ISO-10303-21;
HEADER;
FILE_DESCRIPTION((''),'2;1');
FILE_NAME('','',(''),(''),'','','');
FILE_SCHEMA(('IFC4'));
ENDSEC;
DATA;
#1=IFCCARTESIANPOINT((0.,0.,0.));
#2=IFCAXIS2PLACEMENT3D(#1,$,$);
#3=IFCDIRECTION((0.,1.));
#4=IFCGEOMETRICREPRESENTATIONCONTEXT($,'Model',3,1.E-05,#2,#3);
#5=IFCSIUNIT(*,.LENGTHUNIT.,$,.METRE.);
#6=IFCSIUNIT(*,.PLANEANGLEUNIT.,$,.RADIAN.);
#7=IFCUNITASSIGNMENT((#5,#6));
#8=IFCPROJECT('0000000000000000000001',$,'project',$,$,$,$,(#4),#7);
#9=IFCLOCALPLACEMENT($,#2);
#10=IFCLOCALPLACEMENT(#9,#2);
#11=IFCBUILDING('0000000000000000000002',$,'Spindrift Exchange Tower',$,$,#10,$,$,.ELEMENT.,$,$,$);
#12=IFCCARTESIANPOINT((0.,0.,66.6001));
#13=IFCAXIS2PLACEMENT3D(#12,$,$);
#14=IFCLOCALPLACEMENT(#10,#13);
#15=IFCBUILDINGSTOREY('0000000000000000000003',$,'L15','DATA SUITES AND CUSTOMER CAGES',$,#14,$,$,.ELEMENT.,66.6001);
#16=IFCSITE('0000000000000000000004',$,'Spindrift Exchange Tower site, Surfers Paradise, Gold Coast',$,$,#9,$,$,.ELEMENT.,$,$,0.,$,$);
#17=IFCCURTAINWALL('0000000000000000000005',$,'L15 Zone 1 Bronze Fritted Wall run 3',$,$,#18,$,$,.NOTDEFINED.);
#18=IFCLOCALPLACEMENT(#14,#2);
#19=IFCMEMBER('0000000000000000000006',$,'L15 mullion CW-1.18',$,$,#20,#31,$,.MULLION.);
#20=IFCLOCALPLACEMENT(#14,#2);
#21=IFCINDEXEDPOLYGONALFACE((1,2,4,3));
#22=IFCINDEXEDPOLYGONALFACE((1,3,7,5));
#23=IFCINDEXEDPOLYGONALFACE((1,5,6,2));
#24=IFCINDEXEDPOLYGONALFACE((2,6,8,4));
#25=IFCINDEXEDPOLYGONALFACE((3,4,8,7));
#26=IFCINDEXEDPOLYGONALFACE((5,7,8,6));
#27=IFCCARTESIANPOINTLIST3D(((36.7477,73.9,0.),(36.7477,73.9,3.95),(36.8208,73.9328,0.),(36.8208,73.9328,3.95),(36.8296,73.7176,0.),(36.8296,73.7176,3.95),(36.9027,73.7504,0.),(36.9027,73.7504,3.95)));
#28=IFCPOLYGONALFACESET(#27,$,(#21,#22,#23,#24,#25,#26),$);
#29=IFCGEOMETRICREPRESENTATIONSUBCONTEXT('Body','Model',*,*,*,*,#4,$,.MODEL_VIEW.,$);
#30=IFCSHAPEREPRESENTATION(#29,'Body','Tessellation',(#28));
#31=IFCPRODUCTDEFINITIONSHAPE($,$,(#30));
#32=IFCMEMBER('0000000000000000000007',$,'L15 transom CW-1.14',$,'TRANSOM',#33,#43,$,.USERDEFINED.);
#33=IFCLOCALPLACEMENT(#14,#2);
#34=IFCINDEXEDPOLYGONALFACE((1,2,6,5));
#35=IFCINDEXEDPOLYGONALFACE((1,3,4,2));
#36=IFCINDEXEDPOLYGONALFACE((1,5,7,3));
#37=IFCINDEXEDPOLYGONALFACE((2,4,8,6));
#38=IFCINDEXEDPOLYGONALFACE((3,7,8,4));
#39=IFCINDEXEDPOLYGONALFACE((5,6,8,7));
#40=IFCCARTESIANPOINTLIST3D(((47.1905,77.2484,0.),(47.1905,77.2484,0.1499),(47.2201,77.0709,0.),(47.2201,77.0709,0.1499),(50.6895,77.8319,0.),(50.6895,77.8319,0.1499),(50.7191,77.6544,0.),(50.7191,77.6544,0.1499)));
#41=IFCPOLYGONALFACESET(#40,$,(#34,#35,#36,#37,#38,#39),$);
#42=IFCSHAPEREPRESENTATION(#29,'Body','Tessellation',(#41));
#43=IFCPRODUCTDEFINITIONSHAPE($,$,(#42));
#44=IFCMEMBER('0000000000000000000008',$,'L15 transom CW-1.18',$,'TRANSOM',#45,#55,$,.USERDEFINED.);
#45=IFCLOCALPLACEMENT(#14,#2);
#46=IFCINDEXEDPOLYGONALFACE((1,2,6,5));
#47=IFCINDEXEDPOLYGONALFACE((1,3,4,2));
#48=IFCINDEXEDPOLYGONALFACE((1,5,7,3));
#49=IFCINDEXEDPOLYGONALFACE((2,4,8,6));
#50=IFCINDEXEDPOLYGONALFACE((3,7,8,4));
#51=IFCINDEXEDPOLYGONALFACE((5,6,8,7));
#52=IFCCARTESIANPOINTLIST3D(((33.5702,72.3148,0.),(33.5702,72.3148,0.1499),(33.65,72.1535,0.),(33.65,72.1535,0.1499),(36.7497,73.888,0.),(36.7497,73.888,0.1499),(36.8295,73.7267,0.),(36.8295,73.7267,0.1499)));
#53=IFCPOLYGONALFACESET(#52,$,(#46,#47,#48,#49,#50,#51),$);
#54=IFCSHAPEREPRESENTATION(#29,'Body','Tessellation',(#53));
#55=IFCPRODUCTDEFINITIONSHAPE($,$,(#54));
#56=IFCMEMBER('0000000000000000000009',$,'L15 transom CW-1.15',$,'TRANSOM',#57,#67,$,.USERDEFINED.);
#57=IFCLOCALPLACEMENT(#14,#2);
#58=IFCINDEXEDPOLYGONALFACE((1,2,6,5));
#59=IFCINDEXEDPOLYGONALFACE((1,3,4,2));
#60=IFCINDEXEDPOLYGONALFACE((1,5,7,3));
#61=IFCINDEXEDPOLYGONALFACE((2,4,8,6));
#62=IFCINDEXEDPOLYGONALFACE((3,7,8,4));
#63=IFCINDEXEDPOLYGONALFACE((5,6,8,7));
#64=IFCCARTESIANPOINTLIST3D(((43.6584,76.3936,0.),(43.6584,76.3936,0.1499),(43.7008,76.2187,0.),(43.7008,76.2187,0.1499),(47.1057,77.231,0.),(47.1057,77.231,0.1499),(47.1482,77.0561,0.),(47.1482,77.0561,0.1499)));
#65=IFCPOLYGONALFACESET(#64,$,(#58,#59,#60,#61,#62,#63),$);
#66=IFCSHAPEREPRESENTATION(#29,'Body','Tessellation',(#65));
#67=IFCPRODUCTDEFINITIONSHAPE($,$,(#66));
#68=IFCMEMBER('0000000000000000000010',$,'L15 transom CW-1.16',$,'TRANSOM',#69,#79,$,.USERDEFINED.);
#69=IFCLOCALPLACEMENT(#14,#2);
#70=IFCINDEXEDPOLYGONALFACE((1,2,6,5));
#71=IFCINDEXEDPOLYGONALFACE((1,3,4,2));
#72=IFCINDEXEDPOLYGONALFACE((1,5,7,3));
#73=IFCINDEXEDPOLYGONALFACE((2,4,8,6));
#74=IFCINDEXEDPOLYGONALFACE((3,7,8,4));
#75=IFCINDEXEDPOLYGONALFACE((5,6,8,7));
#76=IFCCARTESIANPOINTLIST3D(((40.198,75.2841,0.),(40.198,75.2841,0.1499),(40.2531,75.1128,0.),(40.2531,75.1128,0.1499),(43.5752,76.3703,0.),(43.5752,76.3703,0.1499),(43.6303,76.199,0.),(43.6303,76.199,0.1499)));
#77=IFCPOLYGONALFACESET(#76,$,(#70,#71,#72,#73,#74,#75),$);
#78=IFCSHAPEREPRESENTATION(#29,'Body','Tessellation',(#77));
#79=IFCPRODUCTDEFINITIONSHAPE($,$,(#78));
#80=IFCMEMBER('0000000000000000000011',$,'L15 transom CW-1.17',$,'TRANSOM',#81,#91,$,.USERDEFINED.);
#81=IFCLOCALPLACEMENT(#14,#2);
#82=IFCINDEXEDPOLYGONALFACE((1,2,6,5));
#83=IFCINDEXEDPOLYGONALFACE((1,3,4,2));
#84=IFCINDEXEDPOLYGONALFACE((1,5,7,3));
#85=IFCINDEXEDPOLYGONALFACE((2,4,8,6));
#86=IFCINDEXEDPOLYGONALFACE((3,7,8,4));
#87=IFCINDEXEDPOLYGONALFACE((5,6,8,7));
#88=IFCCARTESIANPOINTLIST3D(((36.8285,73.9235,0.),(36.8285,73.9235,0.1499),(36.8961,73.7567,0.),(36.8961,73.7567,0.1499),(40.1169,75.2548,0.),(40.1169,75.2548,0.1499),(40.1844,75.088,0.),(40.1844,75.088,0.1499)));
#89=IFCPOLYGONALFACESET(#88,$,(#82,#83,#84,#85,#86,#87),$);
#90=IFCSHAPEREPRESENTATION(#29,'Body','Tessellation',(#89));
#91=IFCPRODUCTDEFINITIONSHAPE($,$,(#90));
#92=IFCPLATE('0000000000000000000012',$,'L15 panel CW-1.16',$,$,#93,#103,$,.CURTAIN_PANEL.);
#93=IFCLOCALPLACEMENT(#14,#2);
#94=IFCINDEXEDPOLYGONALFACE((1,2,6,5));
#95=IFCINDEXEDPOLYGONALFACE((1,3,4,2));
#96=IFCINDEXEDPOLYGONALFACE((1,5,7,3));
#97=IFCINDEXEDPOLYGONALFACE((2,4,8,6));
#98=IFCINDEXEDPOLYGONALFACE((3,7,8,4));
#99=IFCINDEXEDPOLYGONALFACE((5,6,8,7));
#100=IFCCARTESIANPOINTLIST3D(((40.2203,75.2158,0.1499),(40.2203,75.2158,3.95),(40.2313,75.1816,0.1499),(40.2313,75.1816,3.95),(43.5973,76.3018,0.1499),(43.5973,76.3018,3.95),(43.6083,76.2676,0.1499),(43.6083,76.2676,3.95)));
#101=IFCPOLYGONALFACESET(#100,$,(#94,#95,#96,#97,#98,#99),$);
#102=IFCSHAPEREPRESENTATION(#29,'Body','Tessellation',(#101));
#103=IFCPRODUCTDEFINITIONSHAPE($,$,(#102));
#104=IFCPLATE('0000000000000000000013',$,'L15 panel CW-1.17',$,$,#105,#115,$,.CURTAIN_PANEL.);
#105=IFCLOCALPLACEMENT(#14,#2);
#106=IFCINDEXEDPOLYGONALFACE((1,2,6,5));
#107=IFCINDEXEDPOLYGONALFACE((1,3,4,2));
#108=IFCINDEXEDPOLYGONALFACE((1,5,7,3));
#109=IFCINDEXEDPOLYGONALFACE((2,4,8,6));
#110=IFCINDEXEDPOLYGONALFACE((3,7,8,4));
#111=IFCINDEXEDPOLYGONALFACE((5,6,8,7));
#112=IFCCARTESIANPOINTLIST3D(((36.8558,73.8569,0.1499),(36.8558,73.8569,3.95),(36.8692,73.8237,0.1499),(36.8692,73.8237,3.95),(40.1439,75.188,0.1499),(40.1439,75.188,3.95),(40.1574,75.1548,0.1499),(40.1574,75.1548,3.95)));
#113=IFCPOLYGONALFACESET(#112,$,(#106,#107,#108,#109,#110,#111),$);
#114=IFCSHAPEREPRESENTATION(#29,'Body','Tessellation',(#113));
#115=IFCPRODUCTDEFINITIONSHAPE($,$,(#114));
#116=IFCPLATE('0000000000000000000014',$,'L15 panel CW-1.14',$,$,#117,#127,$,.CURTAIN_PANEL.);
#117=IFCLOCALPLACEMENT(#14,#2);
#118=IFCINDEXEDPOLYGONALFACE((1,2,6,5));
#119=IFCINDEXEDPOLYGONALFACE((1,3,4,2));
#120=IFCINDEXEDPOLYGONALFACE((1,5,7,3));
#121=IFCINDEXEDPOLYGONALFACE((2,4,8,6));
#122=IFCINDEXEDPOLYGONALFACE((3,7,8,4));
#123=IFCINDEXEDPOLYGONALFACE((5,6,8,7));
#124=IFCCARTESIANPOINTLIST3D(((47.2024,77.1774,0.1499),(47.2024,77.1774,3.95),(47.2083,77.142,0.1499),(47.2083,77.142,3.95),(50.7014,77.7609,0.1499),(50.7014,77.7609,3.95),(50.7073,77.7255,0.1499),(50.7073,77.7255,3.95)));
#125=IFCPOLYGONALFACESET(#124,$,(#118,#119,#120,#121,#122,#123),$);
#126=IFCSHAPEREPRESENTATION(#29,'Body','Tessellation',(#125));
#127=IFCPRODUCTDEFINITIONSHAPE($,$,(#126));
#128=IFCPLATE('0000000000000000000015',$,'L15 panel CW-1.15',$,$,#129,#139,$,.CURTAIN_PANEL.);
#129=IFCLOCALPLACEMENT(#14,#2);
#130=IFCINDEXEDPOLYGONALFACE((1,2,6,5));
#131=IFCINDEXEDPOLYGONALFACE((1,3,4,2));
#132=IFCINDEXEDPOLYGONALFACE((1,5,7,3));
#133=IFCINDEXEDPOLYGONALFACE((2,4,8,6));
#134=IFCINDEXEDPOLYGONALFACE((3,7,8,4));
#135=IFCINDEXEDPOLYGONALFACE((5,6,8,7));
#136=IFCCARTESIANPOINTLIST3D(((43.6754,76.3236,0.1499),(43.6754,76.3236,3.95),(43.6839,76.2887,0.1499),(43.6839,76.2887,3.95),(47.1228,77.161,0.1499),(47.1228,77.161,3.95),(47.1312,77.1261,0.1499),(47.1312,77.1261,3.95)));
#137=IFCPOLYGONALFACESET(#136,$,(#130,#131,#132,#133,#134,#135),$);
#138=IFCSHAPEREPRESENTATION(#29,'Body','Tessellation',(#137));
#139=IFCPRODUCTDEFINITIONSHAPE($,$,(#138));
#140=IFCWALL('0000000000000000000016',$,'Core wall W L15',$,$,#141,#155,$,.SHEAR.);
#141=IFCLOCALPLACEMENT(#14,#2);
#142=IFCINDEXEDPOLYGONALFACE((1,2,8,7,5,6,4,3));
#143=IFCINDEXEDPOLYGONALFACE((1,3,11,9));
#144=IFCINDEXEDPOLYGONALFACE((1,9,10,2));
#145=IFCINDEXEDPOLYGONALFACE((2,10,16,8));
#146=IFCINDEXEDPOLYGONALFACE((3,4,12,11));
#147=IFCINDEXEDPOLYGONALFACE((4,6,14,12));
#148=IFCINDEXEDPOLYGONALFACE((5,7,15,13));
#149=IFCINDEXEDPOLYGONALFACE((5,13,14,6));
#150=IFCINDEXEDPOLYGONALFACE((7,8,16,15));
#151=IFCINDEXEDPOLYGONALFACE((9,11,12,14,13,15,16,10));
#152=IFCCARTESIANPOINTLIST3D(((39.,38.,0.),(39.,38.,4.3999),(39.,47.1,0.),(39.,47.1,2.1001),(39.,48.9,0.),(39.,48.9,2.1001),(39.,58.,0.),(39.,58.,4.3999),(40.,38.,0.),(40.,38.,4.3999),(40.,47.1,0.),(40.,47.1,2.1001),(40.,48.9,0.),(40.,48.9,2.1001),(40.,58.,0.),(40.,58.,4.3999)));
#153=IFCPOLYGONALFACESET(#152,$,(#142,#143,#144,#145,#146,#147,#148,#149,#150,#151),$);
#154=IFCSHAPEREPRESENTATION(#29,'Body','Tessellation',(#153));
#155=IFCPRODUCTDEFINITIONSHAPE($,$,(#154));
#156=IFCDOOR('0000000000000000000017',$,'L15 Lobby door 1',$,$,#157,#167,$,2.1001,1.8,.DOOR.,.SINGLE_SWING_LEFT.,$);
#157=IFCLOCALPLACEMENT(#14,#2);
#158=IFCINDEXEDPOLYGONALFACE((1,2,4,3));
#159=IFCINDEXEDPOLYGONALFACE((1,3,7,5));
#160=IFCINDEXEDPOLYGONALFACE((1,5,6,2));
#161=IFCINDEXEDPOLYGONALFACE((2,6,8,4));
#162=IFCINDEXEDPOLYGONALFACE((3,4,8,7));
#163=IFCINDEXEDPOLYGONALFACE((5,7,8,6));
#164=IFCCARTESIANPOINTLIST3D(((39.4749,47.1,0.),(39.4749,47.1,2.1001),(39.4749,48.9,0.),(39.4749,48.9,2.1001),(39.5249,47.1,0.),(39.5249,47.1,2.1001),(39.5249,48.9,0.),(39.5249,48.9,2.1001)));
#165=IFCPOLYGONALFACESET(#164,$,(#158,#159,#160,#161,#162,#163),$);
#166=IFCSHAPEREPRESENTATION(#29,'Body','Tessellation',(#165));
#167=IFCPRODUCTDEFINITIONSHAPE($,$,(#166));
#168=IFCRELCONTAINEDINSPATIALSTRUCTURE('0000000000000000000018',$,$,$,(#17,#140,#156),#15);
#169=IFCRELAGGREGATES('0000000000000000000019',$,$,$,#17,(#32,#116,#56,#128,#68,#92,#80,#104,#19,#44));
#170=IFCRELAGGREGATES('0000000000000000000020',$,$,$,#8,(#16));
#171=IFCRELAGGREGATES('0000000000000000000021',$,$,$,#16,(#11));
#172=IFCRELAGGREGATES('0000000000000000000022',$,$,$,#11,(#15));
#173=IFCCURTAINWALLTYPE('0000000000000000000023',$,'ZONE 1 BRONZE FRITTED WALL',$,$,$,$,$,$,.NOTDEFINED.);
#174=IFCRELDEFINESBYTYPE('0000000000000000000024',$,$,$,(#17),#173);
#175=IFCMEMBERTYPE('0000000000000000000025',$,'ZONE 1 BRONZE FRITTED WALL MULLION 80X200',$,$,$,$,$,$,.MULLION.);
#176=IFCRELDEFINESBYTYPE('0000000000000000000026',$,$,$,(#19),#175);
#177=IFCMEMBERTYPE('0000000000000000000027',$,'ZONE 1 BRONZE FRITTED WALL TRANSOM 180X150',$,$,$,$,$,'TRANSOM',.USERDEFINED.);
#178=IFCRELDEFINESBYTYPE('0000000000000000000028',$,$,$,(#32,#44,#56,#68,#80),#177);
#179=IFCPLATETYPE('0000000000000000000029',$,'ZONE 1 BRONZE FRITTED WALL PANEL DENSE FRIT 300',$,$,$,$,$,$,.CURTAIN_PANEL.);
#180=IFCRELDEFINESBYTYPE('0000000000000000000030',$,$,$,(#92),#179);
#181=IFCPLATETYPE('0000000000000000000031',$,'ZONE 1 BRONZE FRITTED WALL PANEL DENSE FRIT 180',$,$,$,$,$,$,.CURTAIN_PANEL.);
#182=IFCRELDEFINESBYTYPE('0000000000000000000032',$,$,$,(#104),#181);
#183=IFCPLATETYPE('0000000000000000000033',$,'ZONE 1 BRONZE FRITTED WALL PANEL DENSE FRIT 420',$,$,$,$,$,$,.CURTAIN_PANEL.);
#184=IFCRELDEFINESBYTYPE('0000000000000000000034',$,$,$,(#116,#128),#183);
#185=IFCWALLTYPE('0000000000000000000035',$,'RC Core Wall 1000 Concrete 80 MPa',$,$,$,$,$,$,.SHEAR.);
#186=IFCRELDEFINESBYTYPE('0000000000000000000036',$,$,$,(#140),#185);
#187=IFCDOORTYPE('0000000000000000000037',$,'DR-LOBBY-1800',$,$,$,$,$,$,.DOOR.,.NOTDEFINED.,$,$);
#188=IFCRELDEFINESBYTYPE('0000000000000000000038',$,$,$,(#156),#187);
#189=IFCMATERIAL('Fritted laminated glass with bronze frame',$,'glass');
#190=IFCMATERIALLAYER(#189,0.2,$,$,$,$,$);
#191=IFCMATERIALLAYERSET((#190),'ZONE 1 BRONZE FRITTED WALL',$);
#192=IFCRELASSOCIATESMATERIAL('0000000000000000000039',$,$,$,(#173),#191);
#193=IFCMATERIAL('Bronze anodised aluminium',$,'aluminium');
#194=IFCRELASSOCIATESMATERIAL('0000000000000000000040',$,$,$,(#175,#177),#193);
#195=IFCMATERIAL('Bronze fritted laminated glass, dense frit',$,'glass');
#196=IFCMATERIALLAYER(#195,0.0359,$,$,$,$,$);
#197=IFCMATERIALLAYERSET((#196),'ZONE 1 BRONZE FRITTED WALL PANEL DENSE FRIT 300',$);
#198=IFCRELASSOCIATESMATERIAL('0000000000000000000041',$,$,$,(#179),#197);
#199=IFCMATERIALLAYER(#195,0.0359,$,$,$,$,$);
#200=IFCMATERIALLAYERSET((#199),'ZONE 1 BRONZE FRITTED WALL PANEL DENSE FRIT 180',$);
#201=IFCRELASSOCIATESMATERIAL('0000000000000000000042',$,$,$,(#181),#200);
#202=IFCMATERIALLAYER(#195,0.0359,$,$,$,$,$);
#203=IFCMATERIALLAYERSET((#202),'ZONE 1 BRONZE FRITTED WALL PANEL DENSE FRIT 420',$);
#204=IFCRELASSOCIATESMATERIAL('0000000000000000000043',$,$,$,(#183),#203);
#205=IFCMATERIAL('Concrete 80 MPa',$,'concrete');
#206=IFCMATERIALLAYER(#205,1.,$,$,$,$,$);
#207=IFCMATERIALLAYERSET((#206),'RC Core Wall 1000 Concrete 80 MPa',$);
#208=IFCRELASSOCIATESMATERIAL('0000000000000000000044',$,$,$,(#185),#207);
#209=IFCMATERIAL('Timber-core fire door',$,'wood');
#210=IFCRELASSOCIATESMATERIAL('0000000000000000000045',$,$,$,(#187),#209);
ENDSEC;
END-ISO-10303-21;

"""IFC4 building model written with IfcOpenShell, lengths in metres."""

from ifc_helpers import new_model, si_unit, direction, frame, frame_2d, origin, origin_2d, place, context, subcontext, project, spatial, rectangle, extrude, source, transform, mapped, material, layer, layer_set, material_profile, profile_set, type_object, element, fill, aggregate, save


model = new_model("IFC4")

# Units and contexts
model_context = context("Model", 3, precision=1e-05, world=origin(), true_north=direction((0.0, 1.0)))
body_context = subcontext(model_context, "Body", "Model", "MODEL_VIEW")
ifc_project = project(units=[si_unit("LENGTHUNIT", "METRE"), si_unit("PLANEANGLEUNIT", "RADIAN")], contexts=[model_context])

# Site, building, storey
site_placement = place(None, origin())
site = spatial("IfcSite", under=ifc_project, at=site_placement, Name="Spindrift Exchange Tower site, Surfers Paradise, Gold Coast", CompositionType="ELEMENT", RefElevation=0.0)
building_placement = place(site_placement, origin())
building = spatial("IfcBuilding", under=site, at=building_placement, Name="Spindrift Exchange Tower", CompositionType="ELEMENT")
storey_placement = place(building_placement, frame((0.0, 0.0, 66.6001)))
storey = spatial("IfcBuildingStorey", under=building, at=storey_placement, Name="L15", Description="DATA SUITES AND CUSTOMER CAGES", CompositionType="ELEMENT", Elevation=66.6001)

# Shared definitions
ifc_material_1 = material(Name="Concrete 80 MPa", Category="concrete")

# Curtain wall, members, plates
ifc_material_2 = material(Name="Fritted laminated glass with bronze frame", Category="glass")
ifc_layer_1 = layer(ifc_material_2, 0.2)
ifc_layer_set_1 = layer_set([ifc_layer_1], Name="ZONE 1 BRONZE FRITTED WALL")
curtain_wall_type = type_object("IfcCurtainWallType", Name="ZONE 1 BRONZE FRITTED WALL", PredefinedType="NOTDEFINED", material=ifc_layer_set_1)
curtain_wall_placement = place(storey_placement, origin())
curtain_wall = element("IfcCurtainWall", 1, at=curtain_wall_placement, inside=storey, type_object=curtain_wall_type, Name="L15 Zone 1 Bronze Fritted Wall run 3", PredefinedType="NOTDEFINED")
ifc_material_3 = material(Name="Bronze anodised aluminium", Category="aluminium")
ifc_material_profile_1 = material_profile(ifc_material_3, rectangle(XDim=0.0801, YDim=0.2, at=origin_2d()), Name="ZONE 1 BRONZE FRITTED WALL MULLION 80X200")
ifc_profile_set_1 = profile_set([ifc_material_profile_1], Name="Bronze anodised aluminium")
member_type_1 = type_object("IfcMemberType", Name="ZONE 1 BRONZE FRITTED WALL MULLION 80X200", PredefinedType="MULLION", material=ifc_profile_set_1)
shared_shape_1 = source(origin(), body_context, "Body", "SweptSolid", [
    extrude(rectangle(XDim=0.0801, YDim=0.2, at=origin_2d()), origin(), (0.0, 0.0, 1.0), 3.95),
])
member_1_placement = place(storey_placement, frame((36.8252, 73.8252, 0.0), z_axis=(0.0, 0.0, 1.0), x_axis=(-0.912238, -0.409661, 0.0)))
member_1 = element("IfcMember", 2, at=member_1_placement, type_object=member_type_1, Name="L15 mullion CW-1.18", PredefinedType="MULLION", context=body_context, shape_type="MappedRepresentation", body=[
    mapped(shared_shape_1, transform((0.0, 0.0, 0.0), scale=1.0)),
])
ifc_material_profile_2 = material_profile(ifc_material_3, rectangle(XDim=0.1799, YDim=0.1499, at=origin_2d()), Name="ZONE 1 BRONZE FRITTED WALL TRANSOM 180X150")
ifc_profile_set_2 = profile_set([ifc_material_profile_2], Name="Bronze anodised aluminium")
member_type_2 = type_object("IfcMemberType", Name="ZONE 1 BRONZE FRITTED WALL TRANSOM 180X150", ElementType="TRANSOM", PredefinedType="USERDEFINED", material=ifc_profile_set_2)
shared_shape_2 = source(origin(), body_context, "Body", "SweptSolid", [
    extrude(rectangle(XDim=0.1799, YDim=0.1499, at=origin_2d()), origin(), (0.0, 0.0, 1.0), 3.5474),
])
member_2_placement = place(storey_placement, frame((50.7043, 77.7432, 0.075), z_axis=(-0.986379, -0.164488, 0.0), x_axis=(0.164488, -0.986379, 0.0)))
member_2 = element("IfcMember", 3, at=member_2_placement, type_object=member_type_2, Name="L15 transom CW-1.14", ObjectType="TRANSOM", PredefinedType="USERDEFINED", context=body_context, shape_type="MappedRepresentation", body=[
    mapped(shared_shape_2, transform((0.0, 0.0, 0.0), scale=1.0)),
])
member_3_placement = place(storey_placement, frame((36.7896, 73.8074, 0.075), z_axis=(-0.896278, -0.443493, 0.0), x_axis=(0.443493, -0.896278, 0.0)))
member_3 = element("IfcMember", 4, at=member_3_placement, type_object=member_type_2, Name="L15 transom CW-1.18", ObjectType="TRANSOM", PredefinedType="USERDEFINED", context=body_context, shape_type="MappedRepresentation", body=[
    mapped(shared_shape_2, transform((0.0, 0.0, 0.0), scale=1.0)),
])
shared_shape_3 = source(origin(), body_context, "Body", "SweptSolid", [
    extrude(rectangle(XDim=0.1799, YDim=0.1499, at=origin_2d()), origin(), (0.0, 0.0, 1.0), 3.5476),
])
member_4_placement = place(storey_placement, frame((47.127, 77.1436, 0.075), z_axis=(-0.97174, -0.236053, 0.0), x_axis=(0.236053, -0.97174, 0.0)))
member_4 = element("IfcMember", 5, at=member_4_placement, type_object=member_type_2, Name="L15 transom CW-1.15", ObjectType="TRANSOM", PredefinedType="USERDEFINED", context=body_context, shape_type="MappedRepresentation", body=[
    mapped(shared_shape_3, transform((0.0, 0.0, 0.0), scale=1.0)),
])
member_5_placement = place(storey_placement, frame((43.6028, 76.2847, 0.075), z_axis=(-0.951975, -0.306176, 0.0), x_axis=(0.306176, -0.951975, 0.0)))
member_5 = element("IfcMember", 6, at=member_5_placement, type_object=member_type_2, Name="L15 transom CW-1.16", ObjectType="TRANSOM", PredefinedType="USERDEFINED", context=body_context, shape_type="MappedRepresentation", body=[
    mapped(shared_shape_3, transform((0.0, 0.0, 0.0), scale=1.0)),
])
member_6_placement = place(storey_placement, frame((40.1506, 75.1714, 0.075), z_axis=(-0.926917, -0.375267, 0.0), x_axis=(0.375267, -0.926917, 0.0)))
member_6 = element("IfcMember", 7, at=member_6_placement, type_object=member_type_2, Name="L15 transom CW-1.17", ObjectType="TRANSOM", PredefinedType="USERDEFINED", context=body_context, shape_type="MappedRepresentation", body=[
    mapped(shared_shape_3, transform((0.0, 0.0, 0.0), scale=1.0)),
])
ifc_material_4 = material(Name="Bronze fritted laminated glass, dense frit", Category="glass")
ifc_layer_2 = layer(ifc_material_4, 0.0359)
ifc_layer_set_2 = layer_set([ifc_layer_2], Name="ZONE 1 BRONZE FRITTED WALL PANEL DENSE FRIT 300")
plate_type_1 = type_object("IfcPlateType", Name="ZONE 1 BRONZE FRITTED WALL PANEL DENSE FRIT 300", PredefinedType="CURTAIN_PANEL", material=ifc_layer_set_2)
shared_shape_4 = source(origin(), body_context, "Body", "SweptSolid", [
    extrude(rectangle(XDim=3.5474, YDim=0.0359, at=origin_2d()), origin(), (0.0, 0.0, 1.0), 3.8),
])
plate_1_placement = place(storey_placement, frame((41.9143, 75.7417, 0.1499), z_axis=(0.0, 0.0, 1.0), x_axis=(-0.951985, -0.306146, 0.0)))
plate_1 = element("IfcPlate", 8, at=plate_1_placement, type_object=plate_type_1, Name="L15 panel CW-1.16", PredefinedType="CURTAIN_PANEL", context=body_context, shape_type="MappedRepresentation", body=[
    mapped(shared_shape_4, transform((0.0, 0.0, 0.0), scale=1.0)),
])
ifc_layer_3 = layer(ifc_material_4, 0.0359)
ifc_layer_set_3 = layer_set([ifc_layer_3], Name="ZONE 1 BRONZE FRITTED WALL PANEL DENSE FRIT 180")
plate_type_2 = type_object("IfcPlateType", Name="ZONE 1 BRONZE FRITTED WALL PANEL DENSE FRIT 180", PredefinedType="CURTAIN_PANEL", material=ifc_layer_set_3)
shared_shape_5 = source(origin(), body_context, "Body", "SweptSolid", [
    extrude(rectangle(XDim=3.5474, YDim=0.0359, at=origin_2d()), origin(), (0.0, 0.0, 1.0), 3.8),
])
plate_2_placement = place(storey_placement, frame((38.5066, 74.5059, 0.1499), z_axis=(0.0, 0.0, 1.0), x_axis=(-0.926931, -0.375233, 0.0)))
plate_2 = element("IfcPlate", 9, at=plate_2_placement, type_object=plate_type_2, Name="L15 panel CW-1.17", PredefinedType="CURTAIN_PANEL", context=body_context, shape_type="MappedRepresentation", body=[
    mapped(shared_shape_5, transform((0.0, 0.0, 0.0), scale=1.0)),
])
ifc_layer_4 = layer(ifc_material_4, 0.0359)
ifc_layer_set_4 = layer_set([ifc_layer_4], Name="ZONE 1 BRONZE FRITTED WALL PANEL DENSE FRIT 420")
plate_type_3 = type_object("IfcPlateType", Name="ZONE 1 BRONZE FRITTED WALL PANEL DENSE FRIT 420", PredefinedType="CURTAIN_PANEL", material=ifc_layer_set_4)
shared_shape_6 = source(origin(), body_context, "Body", "SweptSolid", [
    extrude(rectangle(XDim=3.5474, YDim=0.0359, at=origin_2d()), origin(), (0.0, 0.0, 1.0), 3.8),
])
plate_3_placement = place(storey_placement, frame((48.9548, 77.4514, 0.1499), z_axis=(0.0, 0.0, 1.0), x_axis=(-0.986378, -0.164497, 0.0)))
plate_3 = element("IfcPlate", 10, at=plate_3_placement, type_object=plate_type_3, Name="L15 panel CW-1.14", PredefinedType="CURTAIN_PANEL", context=body_context, shape_type="MappedRepresentation", body=[
    mapped(shared_shape_6, transform((0.0, 0.0, 0.0), scale=1.0)),
])
shared_shape_7 = source(origin(), body_context, "Body", "SweptSolid", [
    extrude(rectangle(XDim=3.5476, YDim=0.0359, at=origin_2d()), origin(), (0.0, 0.0, 1.0), 3.8),
])
plate_4_placement = place(storey_placement, frame((45.4033, 76.7249, 0.1499), z_axis=(0.0, 0.0, 1.0), x_axis=(-0.971746, -0.236031, 0.0)))
plate_4 = element("IfcPlate", 11, at=plate_4_placement, type_object=plate_type_3, Name="L15 panel CW-1.15", PredefinedType="CURTAIN_PANEL", context=body_context, shape_type="MappedRepresentation", body=[
    mapped(shared_shape_7, transform((0.0, 0.0, 0.0), scale=1.0)),
])
aggregate(curtain_wall, [member_2, plate_3, member_4, plate_4, member_5, plate_1, member_6, plate_2, member_1, member_3])

# Wall, opening, door
ifc_layer_5 = layer(ifc_material_1, 1.0)
ifc_layer_set_5 = layer_set([ifc_layer_5], Name="RC Core Wall 1000 Concrete 80 MPa")
wall_type_1 = type_object("IfcWallType", Name="RC Core Wall 1000 Concrete 80 MPa", PredefinedType="SHEAR", material=ifc_layer_set_5)
wall_1_placement = place(storey_placement, frame((39.5, 58.0, 0.0), z_axis=(0.0, 0.0, 1.0), x_axis=(0.0, -1.0, 0.0)))
wall_1 = element("IfcWall", 12, at=wall_1_placement, inside=storey, type_object=wall_type_1, Name="Core wall W L15", PredefinedType="SHEAR", context=body_context, shape_type="SweptSolid", body=[
    extrude(rectangle(XDim=20.0, YDim=1.0, at=frame_2d((10.0, 0.0))), origin(), (0.0, 0.0, 1.0), 4.3999),
])
opening_1_placement = place(wall_1_placement, frame((9.1001, 0.0, 0.0)))
opening_1 = element("IfcOpeningElement", 13, at=opening_1_placement, cuts=wall_1, PredefinedType="OPENING", context=body_context, shape_type="SweptSolid", body=[
    extrude(rectangle(XDim=1.8, YDim=2.1001, at=frame_2d((0.8999, 1.05))), frame((0.0, 0.51, 0.0), z_axis=(0.0, -1.0, 0.0), x_axis=(1.0, 0.0, 0.0)), (0.0, 0.0, 1.0), 1.02),
])
ifc_material_5 = material(Name="Timber-core fire door", Category="wood")
door_type_1 = type_object("IfcDoorType", Name="DR-LOBBY-1800", OperationType="NOTDEFINED", PredefinedType="DOOR", material=ifc_material_5)
shared_shape_8 = source(origin(), body_context, "Body", "SweptSolid", [
    extrude(rectangle(XDim=1.8, YDim=2.1001, at=frame_2d((0.8999, 1.05))), frame((0.0, 0.0249, 0.0), z_axis=(0.0, -1.0, 0.0), x_axis=(1.0, 0.0, 0.0)), (0.0, 0.0, 1.0), 0.05),
])
door_1_placement = place(opening_1_placement, origin())
door_1 = element("IfcDoor", 14, at=door_1_placement, inside=storey, type_object=door_type_1, Name="L15 Lobby door 1", OperationType="SINGLE_SWING_LEFT", OverallHeight=2.1001, OverallWidth=1.8, PredefinedType="DOOR", context=body_context, shape_type="MappedRepresentation", body=[
    mapped(shared_shape_8, transform((0.0, 0.0, 0.0), scale=1.0)),
])
fill(opening_1, door_1)

save(model, "model.ifc")
